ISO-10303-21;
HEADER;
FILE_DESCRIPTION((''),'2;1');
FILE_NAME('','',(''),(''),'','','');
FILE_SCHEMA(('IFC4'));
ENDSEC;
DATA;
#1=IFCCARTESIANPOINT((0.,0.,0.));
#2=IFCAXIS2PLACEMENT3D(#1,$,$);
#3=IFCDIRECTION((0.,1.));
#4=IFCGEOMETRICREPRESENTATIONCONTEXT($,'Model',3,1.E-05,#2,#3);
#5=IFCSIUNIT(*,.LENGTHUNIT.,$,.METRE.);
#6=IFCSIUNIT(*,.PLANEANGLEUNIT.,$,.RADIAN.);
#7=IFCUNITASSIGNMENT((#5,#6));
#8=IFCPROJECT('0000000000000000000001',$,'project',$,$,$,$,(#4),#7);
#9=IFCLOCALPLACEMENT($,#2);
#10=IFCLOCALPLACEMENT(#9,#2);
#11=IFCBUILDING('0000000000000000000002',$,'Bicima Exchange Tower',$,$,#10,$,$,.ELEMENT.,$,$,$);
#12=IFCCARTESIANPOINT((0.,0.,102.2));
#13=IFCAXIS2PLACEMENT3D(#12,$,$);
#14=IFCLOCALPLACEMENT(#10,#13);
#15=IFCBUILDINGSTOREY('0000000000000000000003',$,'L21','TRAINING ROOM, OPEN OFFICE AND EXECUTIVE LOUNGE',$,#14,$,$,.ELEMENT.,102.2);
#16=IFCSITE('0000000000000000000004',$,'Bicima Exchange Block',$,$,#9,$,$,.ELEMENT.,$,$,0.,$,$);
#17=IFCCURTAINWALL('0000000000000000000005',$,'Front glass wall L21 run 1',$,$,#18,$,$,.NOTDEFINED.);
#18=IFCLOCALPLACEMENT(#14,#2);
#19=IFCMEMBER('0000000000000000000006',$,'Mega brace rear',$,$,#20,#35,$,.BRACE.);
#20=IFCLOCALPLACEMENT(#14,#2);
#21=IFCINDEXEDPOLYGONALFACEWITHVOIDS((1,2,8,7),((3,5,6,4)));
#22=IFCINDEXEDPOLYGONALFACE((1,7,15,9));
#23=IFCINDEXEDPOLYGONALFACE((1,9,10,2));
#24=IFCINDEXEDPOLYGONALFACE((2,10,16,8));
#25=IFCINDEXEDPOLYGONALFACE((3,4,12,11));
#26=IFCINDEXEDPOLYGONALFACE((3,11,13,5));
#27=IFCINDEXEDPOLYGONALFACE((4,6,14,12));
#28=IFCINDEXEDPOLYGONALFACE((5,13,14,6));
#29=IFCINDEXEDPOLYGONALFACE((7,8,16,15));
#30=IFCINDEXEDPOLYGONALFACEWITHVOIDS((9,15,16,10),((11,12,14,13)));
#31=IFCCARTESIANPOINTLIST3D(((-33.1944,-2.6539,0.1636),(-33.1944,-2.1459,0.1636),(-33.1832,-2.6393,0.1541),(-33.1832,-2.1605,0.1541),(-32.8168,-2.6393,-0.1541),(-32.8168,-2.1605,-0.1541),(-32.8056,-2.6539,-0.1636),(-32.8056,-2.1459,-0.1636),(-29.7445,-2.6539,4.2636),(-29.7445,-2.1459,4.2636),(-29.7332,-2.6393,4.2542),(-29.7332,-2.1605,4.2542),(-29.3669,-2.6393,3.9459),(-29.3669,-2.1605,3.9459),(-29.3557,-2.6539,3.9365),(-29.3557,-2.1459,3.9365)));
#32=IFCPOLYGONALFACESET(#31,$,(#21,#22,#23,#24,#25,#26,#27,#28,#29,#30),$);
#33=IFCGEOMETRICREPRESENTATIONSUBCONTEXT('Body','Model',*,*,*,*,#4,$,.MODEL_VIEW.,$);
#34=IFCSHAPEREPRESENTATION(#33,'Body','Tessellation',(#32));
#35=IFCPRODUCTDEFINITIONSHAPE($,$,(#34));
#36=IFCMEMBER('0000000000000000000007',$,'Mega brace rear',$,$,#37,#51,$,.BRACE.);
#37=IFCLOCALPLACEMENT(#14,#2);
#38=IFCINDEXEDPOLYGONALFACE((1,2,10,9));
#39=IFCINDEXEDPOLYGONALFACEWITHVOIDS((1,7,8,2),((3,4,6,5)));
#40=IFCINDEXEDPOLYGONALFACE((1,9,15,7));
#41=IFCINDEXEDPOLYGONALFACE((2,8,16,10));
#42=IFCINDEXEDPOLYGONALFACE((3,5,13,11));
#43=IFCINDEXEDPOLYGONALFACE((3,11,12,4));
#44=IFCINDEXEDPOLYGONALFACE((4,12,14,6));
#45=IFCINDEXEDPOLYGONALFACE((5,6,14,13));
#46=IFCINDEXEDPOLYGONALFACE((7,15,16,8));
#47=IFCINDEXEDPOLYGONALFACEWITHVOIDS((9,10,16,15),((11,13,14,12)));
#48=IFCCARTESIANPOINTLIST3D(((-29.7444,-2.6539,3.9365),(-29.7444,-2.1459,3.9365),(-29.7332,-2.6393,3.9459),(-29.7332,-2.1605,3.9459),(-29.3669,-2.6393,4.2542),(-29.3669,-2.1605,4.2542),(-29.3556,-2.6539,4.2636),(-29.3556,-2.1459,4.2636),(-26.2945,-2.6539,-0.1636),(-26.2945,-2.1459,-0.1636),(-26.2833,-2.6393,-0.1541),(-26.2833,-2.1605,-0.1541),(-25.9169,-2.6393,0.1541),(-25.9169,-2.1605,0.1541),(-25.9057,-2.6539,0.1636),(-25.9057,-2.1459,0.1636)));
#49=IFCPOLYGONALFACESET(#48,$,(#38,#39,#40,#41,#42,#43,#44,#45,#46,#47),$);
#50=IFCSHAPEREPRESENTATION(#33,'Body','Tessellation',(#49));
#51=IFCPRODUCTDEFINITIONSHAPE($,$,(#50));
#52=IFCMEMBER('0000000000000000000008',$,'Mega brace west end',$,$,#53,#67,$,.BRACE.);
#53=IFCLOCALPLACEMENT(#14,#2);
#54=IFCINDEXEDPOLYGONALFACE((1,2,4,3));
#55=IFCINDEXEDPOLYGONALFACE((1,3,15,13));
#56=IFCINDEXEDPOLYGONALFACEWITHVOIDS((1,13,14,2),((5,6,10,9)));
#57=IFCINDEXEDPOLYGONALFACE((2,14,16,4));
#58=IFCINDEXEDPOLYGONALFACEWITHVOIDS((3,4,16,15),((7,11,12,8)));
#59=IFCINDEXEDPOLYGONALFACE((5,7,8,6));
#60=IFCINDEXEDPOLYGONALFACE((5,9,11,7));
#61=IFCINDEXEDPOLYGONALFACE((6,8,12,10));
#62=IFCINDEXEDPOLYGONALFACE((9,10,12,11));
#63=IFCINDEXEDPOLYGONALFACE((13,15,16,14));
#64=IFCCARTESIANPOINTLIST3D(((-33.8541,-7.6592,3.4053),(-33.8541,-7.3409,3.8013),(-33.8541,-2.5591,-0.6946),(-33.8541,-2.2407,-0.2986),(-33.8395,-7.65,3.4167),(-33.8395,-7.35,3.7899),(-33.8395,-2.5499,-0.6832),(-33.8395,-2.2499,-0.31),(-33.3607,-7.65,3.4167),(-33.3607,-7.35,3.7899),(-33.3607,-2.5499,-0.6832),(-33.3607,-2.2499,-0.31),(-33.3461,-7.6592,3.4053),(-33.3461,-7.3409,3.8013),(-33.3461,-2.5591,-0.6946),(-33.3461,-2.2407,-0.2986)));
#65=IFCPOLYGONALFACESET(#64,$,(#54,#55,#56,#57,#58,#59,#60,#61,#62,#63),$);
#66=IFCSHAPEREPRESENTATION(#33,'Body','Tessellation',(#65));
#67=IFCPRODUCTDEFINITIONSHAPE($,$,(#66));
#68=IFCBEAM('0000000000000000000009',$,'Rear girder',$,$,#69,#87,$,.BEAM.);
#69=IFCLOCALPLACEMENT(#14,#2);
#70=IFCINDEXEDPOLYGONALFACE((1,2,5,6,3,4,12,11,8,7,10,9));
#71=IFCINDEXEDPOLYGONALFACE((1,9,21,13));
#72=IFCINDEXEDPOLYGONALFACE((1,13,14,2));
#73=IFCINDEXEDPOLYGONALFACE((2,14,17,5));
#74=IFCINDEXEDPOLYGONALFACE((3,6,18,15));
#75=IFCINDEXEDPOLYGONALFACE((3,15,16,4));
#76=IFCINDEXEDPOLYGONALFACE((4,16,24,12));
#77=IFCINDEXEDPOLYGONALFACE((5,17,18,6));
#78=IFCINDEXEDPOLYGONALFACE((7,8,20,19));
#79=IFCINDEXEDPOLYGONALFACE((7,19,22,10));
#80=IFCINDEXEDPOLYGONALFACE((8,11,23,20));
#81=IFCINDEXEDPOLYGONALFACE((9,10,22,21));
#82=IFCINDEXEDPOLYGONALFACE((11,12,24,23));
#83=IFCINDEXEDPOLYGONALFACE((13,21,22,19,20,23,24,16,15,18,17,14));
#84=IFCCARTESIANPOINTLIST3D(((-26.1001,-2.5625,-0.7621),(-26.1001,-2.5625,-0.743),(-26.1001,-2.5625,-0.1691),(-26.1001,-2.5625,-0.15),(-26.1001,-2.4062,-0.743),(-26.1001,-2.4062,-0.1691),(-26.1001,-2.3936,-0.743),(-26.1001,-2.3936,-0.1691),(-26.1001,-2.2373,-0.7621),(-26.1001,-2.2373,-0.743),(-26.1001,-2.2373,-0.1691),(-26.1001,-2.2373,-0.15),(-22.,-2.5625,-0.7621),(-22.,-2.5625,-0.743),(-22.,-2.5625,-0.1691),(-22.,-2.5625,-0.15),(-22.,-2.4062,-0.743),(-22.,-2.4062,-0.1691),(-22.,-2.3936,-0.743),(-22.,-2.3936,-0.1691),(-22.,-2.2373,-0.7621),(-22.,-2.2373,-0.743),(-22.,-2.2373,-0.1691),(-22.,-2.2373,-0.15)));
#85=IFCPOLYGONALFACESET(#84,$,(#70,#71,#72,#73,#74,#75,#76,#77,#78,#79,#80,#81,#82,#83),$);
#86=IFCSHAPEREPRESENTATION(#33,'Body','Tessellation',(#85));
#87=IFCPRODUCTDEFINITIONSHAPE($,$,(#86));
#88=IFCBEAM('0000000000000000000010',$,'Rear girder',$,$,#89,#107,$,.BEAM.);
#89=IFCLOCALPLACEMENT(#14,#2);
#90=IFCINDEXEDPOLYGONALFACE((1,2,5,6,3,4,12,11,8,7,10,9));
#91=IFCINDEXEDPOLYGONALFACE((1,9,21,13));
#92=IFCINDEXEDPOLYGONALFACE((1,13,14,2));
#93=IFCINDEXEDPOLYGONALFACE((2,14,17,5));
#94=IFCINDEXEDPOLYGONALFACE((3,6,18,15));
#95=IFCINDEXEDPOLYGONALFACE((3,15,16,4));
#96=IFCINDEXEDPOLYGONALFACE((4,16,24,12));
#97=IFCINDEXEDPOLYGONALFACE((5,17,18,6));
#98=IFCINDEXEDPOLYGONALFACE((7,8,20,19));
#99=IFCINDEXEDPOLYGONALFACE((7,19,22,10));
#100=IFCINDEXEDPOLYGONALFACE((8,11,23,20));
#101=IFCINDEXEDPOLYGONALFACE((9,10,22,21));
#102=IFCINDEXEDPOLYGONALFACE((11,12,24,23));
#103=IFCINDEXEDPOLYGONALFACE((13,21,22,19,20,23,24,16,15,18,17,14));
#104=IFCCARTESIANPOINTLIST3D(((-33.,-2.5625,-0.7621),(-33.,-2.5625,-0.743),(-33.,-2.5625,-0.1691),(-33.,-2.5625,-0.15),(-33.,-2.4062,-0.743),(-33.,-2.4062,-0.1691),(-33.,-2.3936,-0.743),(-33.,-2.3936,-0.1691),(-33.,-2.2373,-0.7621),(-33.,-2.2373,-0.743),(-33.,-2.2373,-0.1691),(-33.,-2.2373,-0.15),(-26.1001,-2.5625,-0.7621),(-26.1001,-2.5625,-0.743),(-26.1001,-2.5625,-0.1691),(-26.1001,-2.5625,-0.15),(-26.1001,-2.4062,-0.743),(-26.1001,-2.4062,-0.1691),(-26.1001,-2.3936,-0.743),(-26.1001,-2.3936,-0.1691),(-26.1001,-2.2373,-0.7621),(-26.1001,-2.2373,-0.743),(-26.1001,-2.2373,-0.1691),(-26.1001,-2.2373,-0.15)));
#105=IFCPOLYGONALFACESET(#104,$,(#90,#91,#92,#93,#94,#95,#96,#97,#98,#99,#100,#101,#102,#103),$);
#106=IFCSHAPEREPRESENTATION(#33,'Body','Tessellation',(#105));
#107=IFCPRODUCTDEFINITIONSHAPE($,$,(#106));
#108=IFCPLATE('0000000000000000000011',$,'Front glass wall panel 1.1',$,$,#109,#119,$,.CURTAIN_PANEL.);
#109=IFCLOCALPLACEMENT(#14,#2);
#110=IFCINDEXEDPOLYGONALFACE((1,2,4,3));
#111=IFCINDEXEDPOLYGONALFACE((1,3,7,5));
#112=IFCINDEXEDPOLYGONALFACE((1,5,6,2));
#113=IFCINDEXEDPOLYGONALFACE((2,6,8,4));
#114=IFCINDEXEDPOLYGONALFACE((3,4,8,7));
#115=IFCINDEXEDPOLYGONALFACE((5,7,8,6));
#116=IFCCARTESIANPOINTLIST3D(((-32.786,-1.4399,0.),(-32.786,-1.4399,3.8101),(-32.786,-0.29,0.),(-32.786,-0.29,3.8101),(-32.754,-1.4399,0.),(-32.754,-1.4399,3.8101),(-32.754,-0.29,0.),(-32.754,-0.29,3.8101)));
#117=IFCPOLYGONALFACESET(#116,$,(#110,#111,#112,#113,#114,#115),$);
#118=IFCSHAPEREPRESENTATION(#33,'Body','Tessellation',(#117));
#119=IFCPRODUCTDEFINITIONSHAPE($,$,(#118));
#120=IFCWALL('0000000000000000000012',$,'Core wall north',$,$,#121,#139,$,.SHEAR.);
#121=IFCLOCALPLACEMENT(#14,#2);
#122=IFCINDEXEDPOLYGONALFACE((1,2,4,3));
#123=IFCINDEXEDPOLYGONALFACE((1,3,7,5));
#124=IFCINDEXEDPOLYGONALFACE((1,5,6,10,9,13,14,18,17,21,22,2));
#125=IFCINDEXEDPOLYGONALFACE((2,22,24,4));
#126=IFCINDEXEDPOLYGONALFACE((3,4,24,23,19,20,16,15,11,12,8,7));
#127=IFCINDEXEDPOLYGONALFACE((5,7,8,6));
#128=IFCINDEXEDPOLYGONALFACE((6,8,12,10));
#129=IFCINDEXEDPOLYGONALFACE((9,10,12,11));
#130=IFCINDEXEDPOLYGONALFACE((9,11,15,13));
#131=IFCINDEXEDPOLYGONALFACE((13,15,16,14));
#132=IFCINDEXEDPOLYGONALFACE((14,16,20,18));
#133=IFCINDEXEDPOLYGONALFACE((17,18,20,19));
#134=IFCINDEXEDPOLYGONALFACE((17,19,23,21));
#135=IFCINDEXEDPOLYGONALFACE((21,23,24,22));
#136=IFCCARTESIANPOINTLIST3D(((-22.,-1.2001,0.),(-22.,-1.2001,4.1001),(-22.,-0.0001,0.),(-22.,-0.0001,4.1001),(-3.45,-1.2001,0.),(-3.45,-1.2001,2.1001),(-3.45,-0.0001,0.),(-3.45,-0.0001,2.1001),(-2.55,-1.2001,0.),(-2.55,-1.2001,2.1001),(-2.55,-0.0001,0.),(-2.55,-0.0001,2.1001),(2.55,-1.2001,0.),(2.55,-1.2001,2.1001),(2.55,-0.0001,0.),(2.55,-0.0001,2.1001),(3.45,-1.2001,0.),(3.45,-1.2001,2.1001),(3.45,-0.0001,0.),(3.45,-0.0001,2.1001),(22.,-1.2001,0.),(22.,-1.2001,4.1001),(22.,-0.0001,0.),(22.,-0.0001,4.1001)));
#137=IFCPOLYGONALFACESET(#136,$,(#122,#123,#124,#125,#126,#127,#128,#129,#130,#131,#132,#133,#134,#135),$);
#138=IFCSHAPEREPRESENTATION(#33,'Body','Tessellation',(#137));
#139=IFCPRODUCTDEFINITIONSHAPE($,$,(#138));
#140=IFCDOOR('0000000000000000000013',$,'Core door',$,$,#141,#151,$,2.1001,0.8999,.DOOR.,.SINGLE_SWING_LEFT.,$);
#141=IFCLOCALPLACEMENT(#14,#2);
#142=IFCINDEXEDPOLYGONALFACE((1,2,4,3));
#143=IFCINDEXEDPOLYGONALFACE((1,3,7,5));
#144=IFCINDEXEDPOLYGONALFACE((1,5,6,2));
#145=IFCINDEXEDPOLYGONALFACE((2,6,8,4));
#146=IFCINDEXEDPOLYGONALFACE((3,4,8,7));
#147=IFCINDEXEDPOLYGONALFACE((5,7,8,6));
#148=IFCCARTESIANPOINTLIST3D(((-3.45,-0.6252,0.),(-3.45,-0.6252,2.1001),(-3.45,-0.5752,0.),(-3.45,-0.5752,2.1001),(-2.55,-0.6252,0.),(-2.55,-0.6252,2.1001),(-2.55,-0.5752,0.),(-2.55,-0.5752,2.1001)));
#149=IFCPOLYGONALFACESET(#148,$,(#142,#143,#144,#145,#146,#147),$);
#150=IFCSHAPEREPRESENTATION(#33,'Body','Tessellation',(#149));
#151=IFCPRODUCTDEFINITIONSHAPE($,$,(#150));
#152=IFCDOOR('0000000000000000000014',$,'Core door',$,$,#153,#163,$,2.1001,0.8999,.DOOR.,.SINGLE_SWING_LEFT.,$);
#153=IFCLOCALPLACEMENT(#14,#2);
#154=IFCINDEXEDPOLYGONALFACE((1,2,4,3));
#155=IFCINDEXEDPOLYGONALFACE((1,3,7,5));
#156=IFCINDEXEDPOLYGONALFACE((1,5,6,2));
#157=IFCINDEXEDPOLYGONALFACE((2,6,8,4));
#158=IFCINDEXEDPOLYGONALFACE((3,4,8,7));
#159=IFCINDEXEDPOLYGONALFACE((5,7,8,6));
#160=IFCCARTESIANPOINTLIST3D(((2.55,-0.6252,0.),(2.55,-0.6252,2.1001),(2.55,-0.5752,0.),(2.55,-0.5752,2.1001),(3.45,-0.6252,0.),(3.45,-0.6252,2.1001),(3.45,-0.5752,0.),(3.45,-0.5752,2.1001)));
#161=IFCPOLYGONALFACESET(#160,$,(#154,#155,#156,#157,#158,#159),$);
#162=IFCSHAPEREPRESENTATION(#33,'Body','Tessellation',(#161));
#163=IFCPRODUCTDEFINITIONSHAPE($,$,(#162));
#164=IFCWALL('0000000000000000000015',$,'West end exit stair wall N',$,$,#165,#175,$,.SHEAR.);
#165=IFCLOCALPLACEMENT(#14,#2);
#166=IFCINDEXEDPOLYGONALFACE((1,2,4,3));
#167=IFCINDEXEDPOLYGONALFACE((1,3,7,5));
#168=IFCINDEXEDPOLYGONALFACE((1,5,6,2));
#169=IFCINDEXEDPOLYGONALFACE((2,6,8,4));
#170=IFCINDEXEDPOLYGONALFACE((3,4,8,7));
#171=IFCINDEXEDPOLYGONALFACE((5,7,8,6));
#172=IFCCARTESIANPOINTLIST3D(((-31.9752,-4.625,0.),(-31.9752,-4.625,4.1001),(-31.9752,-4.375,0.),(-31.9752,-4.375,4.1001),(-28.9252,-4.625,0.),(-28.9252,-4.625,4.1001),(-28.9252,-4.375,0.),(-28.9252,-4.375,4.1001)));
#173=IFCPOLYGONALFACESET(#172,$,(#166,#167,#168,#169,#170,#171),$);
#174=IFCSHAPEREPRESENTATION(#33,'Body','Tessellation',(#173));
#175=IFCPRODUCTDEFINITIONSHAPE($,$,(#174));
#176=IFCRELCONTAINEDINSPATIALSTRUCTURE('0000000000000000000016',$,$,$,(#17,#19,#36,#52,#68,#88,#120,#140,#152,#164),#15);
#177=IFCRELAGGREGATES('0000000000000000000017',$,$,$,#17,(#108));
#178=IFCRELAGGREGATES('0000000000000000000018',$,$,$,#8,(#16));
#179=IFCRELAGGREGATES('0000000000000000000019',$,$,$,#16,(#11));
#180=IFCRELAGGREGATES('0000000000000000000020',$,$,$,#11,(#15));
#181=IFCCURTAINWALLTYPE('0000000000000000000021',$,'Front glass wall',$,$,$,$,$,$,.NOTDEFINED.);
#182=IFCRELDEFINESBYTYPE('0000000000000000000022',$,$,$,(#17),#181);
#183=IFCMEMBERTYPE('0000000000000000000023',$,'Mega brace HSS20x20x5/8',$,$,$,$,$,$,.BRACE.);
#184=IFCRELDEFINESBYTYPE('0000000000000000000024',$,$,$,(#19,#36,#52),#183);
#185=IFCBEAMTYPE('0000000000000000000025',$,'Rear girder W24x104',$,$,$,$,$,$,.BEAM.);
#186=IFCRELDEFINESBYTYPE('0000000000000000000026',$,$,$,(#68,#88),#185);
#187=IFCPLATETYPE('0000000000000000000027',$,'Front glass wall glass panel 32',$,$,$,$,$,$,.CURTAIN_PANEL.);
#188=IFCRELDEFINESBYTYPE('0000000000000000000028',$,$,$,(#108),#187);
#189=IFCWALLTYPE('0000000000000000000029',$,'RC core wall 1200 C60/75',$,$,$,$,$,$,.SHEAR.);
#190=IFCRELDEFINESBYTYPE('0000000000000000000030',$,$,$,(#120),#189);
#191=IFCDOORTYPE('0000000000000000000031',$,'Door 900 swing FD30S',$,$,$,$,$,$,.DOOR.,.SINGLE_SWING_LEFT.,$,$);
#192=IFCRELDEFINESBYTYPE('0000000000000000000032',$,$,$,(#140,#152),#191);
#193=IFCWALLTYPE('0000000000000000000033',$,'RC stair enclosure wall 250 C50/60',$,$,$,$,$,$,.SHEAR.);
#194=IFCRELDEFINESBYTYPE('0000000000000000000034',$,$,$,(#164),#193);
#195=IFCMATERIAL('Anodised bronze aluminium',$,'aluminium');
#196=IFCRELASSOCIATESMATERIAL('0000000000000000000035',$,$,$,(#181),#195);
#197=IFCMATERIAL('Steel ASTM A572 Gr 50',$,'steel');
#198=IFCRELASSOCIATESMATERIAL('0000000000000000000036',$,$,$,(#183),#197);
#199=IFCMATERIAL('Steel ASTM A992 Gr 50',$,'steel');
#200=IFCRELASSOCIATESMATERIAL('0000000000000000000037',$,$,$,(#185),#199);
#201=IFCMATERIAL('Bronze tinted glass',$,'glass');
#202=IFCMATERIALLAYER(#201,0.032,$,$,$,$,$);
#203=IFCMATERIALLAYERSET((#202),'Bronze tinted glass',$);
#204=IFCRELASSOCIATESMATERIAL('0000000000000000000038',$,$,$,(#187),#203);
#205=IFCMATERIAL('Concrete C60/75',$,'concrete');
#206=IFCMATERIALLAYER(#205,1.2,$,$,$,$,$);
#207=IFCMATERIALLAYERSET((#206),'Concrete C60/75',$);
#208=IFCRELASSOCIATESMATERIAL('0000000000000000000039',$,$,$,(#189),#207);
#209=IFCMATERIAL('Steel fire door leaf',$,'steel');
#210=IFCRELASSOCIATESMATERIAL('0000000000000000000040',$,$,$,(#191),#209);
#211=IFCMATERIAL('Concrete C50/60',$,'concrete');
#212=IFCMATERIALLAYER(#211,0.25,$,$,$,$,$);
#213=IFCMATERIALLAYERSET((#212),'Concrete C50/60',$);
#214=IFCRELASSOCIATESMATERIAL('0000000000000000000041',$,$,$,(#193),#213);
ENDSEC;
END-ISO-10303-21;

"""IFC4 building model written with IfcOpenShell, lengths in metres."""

from ifc_helpers import new_model, si_unit, direction, frame, frame_2d, origin, origin_2d, place, context, subcontext, project, spatial, rectangle, hollow_rectangle, i_section, extrude, material, layer, layer_set, material_profile, profile_set, type_object, element, fill, aggregate, save


model = new_model("IFC4")

# Units and contexts
model_context = context("Model", 3, precision=1e-05, world=origin(), true_north=direction((0.0, 1.0)))
body_context = subcontext(model_context, "Body", "Model", "MODEL_VIEW")
ifc_project = project(units=[si_unit("LENGTHUNIT", "METRE"), si_unit("PLANEANGLEUNIT", "RADIAN")], contexts=[model_context])

# Site, building, storey
site_placement = place(None, origin())
site = spatial("IfcSite", under=ifc_project, at=site_placement, Name="Bicima Exchange Block", CompositionType="ELEMENT", RefElevation=0.0)
building_placement = place(site_placement, origin())
building = spatial("IfcBuilding", under=site, at=building_placement, Name="Bicima Exchange Tower", CompositionType="ELEMENT")
storey_placement = place(building_placement, frame((0.0, 0.0, 102.2)))
storey = spatial("IfcBuildingStorey", under=building, at=storey_placement, Name="L21", Description="TRAINING ROOM, OPEN OFFICE AND EXECUTIVE LOUNGE", CompositionType="ELEMENT", Elevation=102.2)

# Shared definitions
ifc_material_1 = material(Name="Steel ASTM A572 Gr 50", Category="steel")
ifc_material_2 = material(Name="Steel ASTM A992 Gr 50", Category="steel")

# Curtain wall
ifc_material_3 = material(Name="Anodised bronze aluminium", Category="aluminium")
curtain_wall_type = type_object("IfcCurtainWallType", Name="Front glass wall", PredefinedType="NOTDEFINED", material=ifc_material_3)
curtain_wall_placement = place(storey_placement, origin())
curtain_wall = element("IfcCurtainWall", 1, at=curtain_wall_placement, inside=storey, type_object=curtain_wall_type, Name="Front glass wall L21 run 1", PredefinedType="NOTDEFINED")

# Members
ifc_material_profile_1 = material_profile(ifc_material_1, hollow_rectangle(XDim=0.5081, YDim=0.5081, WallThickness=0.0146, at=origin_2d()))
ifc_profile_set_1 = profile_set([ifc_material_profile_1], Name="Steel ASTM A572 Gr 50")
member_type_1 = type_object("IfcMemberType", Name="Mega brace HSS20x20x5/8", PredefinedType="BRACE", material=ifc_profile_set_1)
for number, where, z_axis, x_axis, name in (
    (2, (-33.0, -2.3999, 0.0), (0.643834, 0.0, 0.765165), (0.0, 1.0, 0.0), "Mega brace rear"),
    (3, (-26.1001, -2.3999, 0.0), (-0.643834, 0.0, 0.765165), (0.0, -1.0, 0.0), "Mega brace rear"),
):
    element("IfcMember", number, at=place(storey_placement, frame(where, z_axis=z_axis, x_axis=x_axis)), inside=storey, type_object=member_type_1, Name=name, PredefinedType="BRACE", context=body_context, shape_type="SweptSolid", body=[
        extrude(hollow_rectangle(XDim=0.5081, YDim=0.5081, WallThickness=0.0146, at=origin_2d()), origin(), (0.0, 0.0, 1.0), 5.3584),
    ])
member_1_placement = place(storey_placement, frame((-33.6001, -2.3999, -0.4966), z_axis=(0.0, -0.779392, 0.626536), x_axis=(1.0, 0.0, 0.0)))
element("IfcMember", 4, at=member_1_placement, inside=storey, type_object=member_type_1, Name="Mega brace west end", PredefinedType="BRACE", context=body_context, shape_type="SweptSolid", body=[
    extrude(hollow_rectangle(XDim=0.5081, YDim=0.5081, WallThickness=0.0146, at=origin_2d()), origin(), (0.0, 0.0, 1.0), 6.5437),
])

# Beams
ifc_material_profile_2 = material_profile(ifc_material_2, i_section(OverallWidth=0.3252, OverallDepth=0.6121, WebThickness=0.0127, FlangeThickness=0.019, at=origin_2d()))
ifc_profile_set_2 = profile_set([ifc_material_profile_2], Name="Steel ASTM A992 Gr 50")
beam_type_1 = type_object("IfcBeamType", Name="Rear girder W24x104", PredefinedType="BEAM", material=ifc_profile_set_2)
beam_1_placement = place(storey_placement, frame((-22.0, -2.3999, -0.4561), z_axis=(-1.0, 0.0, 0.0), x_axis=(0.0, -1.0, 0.0)))
element("IfcBeam", 5, at=beam_1_placement, inside=storey, type_object=beam_type_1, Name="Rear girder", PredefinedType="BEAM", context=body_context, shape_type="SweptSolid", body=[
    extrude(i_section(OverallWidth=0.3252, OverallDepth=0.6121, WebThickness=0.0127, FlangeThickness=0.019, at=origin_2d()), origin(), (0.0, 0.0, 1.0), 4.1001),
])
beam_2_placement = place(storey_placement, frame((-26.1001, -2.3999, -0.4561), z_axis=(-1.0, 0.0, 0.0), x_axis=(0.0, -1.0, 0.0)))
element("IfcBeam", 6, at=beam_2_placement, inside=storey, type_object=beam_type_1, Name="Rear girder", PredefinedType="BEAM", context=body_context, shape_type="SweptSolid", body=[
    extrude(i_section(OverallWidth=0.3252, OverallDepth=0.6121, WebThickness=0.0127, FlangeThickness=0.019, at=origin_2d()), origin(), (0.0, 0.0, 1.0), 6.8999),
])

# Plate
ifc_material_4 = material(Name="Bronze tinted glass", Category="glass")
ifc_layer_1 = layer(ifc_material_4, 0.032)
ifc_layer_set_1 = layer_set([ifc_layer_1], Name="Bronze tinted glass")
plate_type = type_object("IfcPlateType", Name="Front glass wall glass panel 32", PredefinedType="CURTAIN_PANEL", material=ifc_layer_set_1)
plate_placement = place(storey_placement, frame((-32.77, -0.865, 0.0), z_axis=(0.0, 0.0, 1.0), x_axis=(0.0, -1.0, 0.0)))
plate = element("IfcPlate", 7, at=plate_placement, type_object=plate_type, Name="Front glass wall panel 1.1", PredefinedType="CURTAIN_PANEL", context=body_context, shape_type="SweptSolid", body=[
    extrude(rectangle(XDim=1.1499, YDim=0.032, at=origin_2d()), origin(), (0.0, 0.0, 1.0), 3.8101),
])
aggregate(curtain_wall, [plate])

# Wall, openings, doors
ifc_material_5 = material(Name="Concrete C60/75", Category="concrete")
ifc_layer_2 = layer(ifc_material_5, 1.2)
ifc_layer_set_2 = layer_set([ifc_layer_2], Name="Concrete C60/75")
wall_type_1 = type_object("IfcWallType", Name="RC core wall 1200 C60/75", PredefinedType="SHEAR", material=ifc_layer_set_2)
wall_1_placement = place(storey_placement, frame((-22.0, -0.6001, 0.0), z_axis=(0.0, 0.0, 1.0), x_axis=(1.0, 0.0, 0.0)))
wall_1 = element("IfcWall", 8, at=wall_1_placement, inside=storey, type_object=wall_type_1, Name="Core wall north", PredefinedType="SHEAR", context=body_context, shape_type="SweptSolid", body=[
    extrude(rectangle(XDim=44.0, YDim=1.2, at=frame_2d((22.0, 0.0))), origin(), (0.0, 0.0, 1.0), 4.1001),
])
opening_1_placement = place(wall_1_placement, frame((18.55, 0.0, 0.0)))
opening_1 = element("IfcOpeningElement", 9, at=opening_1_placement, cuts=wall_1, PredefinedType="OPENING", context=body_context, shape_type="SweptSolid", body=[
    extrude(rectangle(XDim=0.8999, YDim=2.1001, at=frame_2d((0.45, 1.05))), frame((0.0, 0.6118, 0.0), z_axis=(0.0, -1.0, 0.0), x_axis=(1.0, 0.0, 0.0)), (0.0, 0.0, 1.0), 1.2239),
])
opening_2_placement = place(wall_1_placement, frame((24.55, 0.0, 0.0)))
opening_2 = element("IfcOpeningElement", 10, at=opening_2_placement, cuts=wall_1, PredefinedType="OPENING", context=body_context, shape_type="SweptSolid", body=[
    extrude(rectangle(XDim=0.8999, YDim=2.1001, at=frame_2d((0.45, 1.05))), frame((0.0, 0.6118, 0.0), z_axis=(0.0, -1.0, 0.0), x_axis=(1.0, 0.0, 0.0)), (0.0, 0.0, 1.0), 1.2239),
])
ifc_material_6 = material(Name="Steel fire door leaf", Category="steel")
door_type = type_object("IfcDoorType", Name="Door 900 swing FD30S", OperationType="SINGLE_SWING_LEFT", PredefinedType="DOOR", material=ifc_material_6)
door_1_placement = place(opening_1_placement, origin())
door_1 = element("IfcDoor", 11, at=door_1_placement, inside=storey, type_object=door_type, Name="Core door", OperationType="SINGLE_SWING_LEFT", OverallHeight=2.1001, OverallWidth=0.8999, PredefinedType="DOOR", context=body_context, shape_type="SweptSolid", body=[
    extrude(rectangle(XDim=0.8999, YDim=2.1001, at=frame_2d((0.45, 1.05))), frame((0.0, 0.0249, 0.0), z_axis=(0.0, -1.0, 0.0), x_axis=(1.0, 0.0, 0.0)), (0.0, 0.0, 1.0), 0.05),
])
fill(opening_1, door_1)
door_2_placement = place(opening_2_placement, origin())
door_2 = element("IfcDoor", 12, at=door_2_placement, inside=storey, type_object=door_type, Name="Core door", OperationType="SINGLE_SWING_LEFT", OverallHeight=2.1001, OverallWidth=0.8999, PredefinedType="DOOR", context=body_context, shape_type="SweptSolid", body=[
    extrude(rectangle(XDim=0.8999, YDim=2.1001, at=frame_2d((0.45, 1.05))), frame((0.0, 0.0249, 0.0), z_axis=(0.0, -1.0, 0.0), x_axis=(1.0, 0.0, 0.0)), (0.0, 0.0, 1.0), 0.05),
])
fill(opening_2, door_2)

# Wall
ifc_material_7 = material(Name="Concrete C50/60", Category="concrete")
ifc_layer_3 = layer(ifc_material_7, 0.25)
ifc_layer_set_3 = layer_set([ifc_layer_3], Name="Concrete C50/60")
wall_type_2 = type_object("IfcWallType", Name="RC stair enclosure wall 250 C50/60", PredefinedType="SHEAR", material=ifc_layer_set_3)
wall_2_placement = place(storey_placement, frame((-31.9751, -4.5, 0.0), z_axis=(0.0, 0.0, 1.0), x_axis=(1.0, 0.0, 0.0)))
element("IfcWall", 13, at=wall_2_placement, inside=storey, type_object=wall_type_2, Name="West end exit stair wall N", PredefinedType="SHEAR", context=body_context, shape_type="SweptSolid", body=[
    extrude(rectangle(XDim=3.05, YDim=0.25, at=frame_2d((1.5249, 0.0))), origin(), (0.0, 0.0, 1.0), 4.1001),
])

save(model, "model.ifc")
